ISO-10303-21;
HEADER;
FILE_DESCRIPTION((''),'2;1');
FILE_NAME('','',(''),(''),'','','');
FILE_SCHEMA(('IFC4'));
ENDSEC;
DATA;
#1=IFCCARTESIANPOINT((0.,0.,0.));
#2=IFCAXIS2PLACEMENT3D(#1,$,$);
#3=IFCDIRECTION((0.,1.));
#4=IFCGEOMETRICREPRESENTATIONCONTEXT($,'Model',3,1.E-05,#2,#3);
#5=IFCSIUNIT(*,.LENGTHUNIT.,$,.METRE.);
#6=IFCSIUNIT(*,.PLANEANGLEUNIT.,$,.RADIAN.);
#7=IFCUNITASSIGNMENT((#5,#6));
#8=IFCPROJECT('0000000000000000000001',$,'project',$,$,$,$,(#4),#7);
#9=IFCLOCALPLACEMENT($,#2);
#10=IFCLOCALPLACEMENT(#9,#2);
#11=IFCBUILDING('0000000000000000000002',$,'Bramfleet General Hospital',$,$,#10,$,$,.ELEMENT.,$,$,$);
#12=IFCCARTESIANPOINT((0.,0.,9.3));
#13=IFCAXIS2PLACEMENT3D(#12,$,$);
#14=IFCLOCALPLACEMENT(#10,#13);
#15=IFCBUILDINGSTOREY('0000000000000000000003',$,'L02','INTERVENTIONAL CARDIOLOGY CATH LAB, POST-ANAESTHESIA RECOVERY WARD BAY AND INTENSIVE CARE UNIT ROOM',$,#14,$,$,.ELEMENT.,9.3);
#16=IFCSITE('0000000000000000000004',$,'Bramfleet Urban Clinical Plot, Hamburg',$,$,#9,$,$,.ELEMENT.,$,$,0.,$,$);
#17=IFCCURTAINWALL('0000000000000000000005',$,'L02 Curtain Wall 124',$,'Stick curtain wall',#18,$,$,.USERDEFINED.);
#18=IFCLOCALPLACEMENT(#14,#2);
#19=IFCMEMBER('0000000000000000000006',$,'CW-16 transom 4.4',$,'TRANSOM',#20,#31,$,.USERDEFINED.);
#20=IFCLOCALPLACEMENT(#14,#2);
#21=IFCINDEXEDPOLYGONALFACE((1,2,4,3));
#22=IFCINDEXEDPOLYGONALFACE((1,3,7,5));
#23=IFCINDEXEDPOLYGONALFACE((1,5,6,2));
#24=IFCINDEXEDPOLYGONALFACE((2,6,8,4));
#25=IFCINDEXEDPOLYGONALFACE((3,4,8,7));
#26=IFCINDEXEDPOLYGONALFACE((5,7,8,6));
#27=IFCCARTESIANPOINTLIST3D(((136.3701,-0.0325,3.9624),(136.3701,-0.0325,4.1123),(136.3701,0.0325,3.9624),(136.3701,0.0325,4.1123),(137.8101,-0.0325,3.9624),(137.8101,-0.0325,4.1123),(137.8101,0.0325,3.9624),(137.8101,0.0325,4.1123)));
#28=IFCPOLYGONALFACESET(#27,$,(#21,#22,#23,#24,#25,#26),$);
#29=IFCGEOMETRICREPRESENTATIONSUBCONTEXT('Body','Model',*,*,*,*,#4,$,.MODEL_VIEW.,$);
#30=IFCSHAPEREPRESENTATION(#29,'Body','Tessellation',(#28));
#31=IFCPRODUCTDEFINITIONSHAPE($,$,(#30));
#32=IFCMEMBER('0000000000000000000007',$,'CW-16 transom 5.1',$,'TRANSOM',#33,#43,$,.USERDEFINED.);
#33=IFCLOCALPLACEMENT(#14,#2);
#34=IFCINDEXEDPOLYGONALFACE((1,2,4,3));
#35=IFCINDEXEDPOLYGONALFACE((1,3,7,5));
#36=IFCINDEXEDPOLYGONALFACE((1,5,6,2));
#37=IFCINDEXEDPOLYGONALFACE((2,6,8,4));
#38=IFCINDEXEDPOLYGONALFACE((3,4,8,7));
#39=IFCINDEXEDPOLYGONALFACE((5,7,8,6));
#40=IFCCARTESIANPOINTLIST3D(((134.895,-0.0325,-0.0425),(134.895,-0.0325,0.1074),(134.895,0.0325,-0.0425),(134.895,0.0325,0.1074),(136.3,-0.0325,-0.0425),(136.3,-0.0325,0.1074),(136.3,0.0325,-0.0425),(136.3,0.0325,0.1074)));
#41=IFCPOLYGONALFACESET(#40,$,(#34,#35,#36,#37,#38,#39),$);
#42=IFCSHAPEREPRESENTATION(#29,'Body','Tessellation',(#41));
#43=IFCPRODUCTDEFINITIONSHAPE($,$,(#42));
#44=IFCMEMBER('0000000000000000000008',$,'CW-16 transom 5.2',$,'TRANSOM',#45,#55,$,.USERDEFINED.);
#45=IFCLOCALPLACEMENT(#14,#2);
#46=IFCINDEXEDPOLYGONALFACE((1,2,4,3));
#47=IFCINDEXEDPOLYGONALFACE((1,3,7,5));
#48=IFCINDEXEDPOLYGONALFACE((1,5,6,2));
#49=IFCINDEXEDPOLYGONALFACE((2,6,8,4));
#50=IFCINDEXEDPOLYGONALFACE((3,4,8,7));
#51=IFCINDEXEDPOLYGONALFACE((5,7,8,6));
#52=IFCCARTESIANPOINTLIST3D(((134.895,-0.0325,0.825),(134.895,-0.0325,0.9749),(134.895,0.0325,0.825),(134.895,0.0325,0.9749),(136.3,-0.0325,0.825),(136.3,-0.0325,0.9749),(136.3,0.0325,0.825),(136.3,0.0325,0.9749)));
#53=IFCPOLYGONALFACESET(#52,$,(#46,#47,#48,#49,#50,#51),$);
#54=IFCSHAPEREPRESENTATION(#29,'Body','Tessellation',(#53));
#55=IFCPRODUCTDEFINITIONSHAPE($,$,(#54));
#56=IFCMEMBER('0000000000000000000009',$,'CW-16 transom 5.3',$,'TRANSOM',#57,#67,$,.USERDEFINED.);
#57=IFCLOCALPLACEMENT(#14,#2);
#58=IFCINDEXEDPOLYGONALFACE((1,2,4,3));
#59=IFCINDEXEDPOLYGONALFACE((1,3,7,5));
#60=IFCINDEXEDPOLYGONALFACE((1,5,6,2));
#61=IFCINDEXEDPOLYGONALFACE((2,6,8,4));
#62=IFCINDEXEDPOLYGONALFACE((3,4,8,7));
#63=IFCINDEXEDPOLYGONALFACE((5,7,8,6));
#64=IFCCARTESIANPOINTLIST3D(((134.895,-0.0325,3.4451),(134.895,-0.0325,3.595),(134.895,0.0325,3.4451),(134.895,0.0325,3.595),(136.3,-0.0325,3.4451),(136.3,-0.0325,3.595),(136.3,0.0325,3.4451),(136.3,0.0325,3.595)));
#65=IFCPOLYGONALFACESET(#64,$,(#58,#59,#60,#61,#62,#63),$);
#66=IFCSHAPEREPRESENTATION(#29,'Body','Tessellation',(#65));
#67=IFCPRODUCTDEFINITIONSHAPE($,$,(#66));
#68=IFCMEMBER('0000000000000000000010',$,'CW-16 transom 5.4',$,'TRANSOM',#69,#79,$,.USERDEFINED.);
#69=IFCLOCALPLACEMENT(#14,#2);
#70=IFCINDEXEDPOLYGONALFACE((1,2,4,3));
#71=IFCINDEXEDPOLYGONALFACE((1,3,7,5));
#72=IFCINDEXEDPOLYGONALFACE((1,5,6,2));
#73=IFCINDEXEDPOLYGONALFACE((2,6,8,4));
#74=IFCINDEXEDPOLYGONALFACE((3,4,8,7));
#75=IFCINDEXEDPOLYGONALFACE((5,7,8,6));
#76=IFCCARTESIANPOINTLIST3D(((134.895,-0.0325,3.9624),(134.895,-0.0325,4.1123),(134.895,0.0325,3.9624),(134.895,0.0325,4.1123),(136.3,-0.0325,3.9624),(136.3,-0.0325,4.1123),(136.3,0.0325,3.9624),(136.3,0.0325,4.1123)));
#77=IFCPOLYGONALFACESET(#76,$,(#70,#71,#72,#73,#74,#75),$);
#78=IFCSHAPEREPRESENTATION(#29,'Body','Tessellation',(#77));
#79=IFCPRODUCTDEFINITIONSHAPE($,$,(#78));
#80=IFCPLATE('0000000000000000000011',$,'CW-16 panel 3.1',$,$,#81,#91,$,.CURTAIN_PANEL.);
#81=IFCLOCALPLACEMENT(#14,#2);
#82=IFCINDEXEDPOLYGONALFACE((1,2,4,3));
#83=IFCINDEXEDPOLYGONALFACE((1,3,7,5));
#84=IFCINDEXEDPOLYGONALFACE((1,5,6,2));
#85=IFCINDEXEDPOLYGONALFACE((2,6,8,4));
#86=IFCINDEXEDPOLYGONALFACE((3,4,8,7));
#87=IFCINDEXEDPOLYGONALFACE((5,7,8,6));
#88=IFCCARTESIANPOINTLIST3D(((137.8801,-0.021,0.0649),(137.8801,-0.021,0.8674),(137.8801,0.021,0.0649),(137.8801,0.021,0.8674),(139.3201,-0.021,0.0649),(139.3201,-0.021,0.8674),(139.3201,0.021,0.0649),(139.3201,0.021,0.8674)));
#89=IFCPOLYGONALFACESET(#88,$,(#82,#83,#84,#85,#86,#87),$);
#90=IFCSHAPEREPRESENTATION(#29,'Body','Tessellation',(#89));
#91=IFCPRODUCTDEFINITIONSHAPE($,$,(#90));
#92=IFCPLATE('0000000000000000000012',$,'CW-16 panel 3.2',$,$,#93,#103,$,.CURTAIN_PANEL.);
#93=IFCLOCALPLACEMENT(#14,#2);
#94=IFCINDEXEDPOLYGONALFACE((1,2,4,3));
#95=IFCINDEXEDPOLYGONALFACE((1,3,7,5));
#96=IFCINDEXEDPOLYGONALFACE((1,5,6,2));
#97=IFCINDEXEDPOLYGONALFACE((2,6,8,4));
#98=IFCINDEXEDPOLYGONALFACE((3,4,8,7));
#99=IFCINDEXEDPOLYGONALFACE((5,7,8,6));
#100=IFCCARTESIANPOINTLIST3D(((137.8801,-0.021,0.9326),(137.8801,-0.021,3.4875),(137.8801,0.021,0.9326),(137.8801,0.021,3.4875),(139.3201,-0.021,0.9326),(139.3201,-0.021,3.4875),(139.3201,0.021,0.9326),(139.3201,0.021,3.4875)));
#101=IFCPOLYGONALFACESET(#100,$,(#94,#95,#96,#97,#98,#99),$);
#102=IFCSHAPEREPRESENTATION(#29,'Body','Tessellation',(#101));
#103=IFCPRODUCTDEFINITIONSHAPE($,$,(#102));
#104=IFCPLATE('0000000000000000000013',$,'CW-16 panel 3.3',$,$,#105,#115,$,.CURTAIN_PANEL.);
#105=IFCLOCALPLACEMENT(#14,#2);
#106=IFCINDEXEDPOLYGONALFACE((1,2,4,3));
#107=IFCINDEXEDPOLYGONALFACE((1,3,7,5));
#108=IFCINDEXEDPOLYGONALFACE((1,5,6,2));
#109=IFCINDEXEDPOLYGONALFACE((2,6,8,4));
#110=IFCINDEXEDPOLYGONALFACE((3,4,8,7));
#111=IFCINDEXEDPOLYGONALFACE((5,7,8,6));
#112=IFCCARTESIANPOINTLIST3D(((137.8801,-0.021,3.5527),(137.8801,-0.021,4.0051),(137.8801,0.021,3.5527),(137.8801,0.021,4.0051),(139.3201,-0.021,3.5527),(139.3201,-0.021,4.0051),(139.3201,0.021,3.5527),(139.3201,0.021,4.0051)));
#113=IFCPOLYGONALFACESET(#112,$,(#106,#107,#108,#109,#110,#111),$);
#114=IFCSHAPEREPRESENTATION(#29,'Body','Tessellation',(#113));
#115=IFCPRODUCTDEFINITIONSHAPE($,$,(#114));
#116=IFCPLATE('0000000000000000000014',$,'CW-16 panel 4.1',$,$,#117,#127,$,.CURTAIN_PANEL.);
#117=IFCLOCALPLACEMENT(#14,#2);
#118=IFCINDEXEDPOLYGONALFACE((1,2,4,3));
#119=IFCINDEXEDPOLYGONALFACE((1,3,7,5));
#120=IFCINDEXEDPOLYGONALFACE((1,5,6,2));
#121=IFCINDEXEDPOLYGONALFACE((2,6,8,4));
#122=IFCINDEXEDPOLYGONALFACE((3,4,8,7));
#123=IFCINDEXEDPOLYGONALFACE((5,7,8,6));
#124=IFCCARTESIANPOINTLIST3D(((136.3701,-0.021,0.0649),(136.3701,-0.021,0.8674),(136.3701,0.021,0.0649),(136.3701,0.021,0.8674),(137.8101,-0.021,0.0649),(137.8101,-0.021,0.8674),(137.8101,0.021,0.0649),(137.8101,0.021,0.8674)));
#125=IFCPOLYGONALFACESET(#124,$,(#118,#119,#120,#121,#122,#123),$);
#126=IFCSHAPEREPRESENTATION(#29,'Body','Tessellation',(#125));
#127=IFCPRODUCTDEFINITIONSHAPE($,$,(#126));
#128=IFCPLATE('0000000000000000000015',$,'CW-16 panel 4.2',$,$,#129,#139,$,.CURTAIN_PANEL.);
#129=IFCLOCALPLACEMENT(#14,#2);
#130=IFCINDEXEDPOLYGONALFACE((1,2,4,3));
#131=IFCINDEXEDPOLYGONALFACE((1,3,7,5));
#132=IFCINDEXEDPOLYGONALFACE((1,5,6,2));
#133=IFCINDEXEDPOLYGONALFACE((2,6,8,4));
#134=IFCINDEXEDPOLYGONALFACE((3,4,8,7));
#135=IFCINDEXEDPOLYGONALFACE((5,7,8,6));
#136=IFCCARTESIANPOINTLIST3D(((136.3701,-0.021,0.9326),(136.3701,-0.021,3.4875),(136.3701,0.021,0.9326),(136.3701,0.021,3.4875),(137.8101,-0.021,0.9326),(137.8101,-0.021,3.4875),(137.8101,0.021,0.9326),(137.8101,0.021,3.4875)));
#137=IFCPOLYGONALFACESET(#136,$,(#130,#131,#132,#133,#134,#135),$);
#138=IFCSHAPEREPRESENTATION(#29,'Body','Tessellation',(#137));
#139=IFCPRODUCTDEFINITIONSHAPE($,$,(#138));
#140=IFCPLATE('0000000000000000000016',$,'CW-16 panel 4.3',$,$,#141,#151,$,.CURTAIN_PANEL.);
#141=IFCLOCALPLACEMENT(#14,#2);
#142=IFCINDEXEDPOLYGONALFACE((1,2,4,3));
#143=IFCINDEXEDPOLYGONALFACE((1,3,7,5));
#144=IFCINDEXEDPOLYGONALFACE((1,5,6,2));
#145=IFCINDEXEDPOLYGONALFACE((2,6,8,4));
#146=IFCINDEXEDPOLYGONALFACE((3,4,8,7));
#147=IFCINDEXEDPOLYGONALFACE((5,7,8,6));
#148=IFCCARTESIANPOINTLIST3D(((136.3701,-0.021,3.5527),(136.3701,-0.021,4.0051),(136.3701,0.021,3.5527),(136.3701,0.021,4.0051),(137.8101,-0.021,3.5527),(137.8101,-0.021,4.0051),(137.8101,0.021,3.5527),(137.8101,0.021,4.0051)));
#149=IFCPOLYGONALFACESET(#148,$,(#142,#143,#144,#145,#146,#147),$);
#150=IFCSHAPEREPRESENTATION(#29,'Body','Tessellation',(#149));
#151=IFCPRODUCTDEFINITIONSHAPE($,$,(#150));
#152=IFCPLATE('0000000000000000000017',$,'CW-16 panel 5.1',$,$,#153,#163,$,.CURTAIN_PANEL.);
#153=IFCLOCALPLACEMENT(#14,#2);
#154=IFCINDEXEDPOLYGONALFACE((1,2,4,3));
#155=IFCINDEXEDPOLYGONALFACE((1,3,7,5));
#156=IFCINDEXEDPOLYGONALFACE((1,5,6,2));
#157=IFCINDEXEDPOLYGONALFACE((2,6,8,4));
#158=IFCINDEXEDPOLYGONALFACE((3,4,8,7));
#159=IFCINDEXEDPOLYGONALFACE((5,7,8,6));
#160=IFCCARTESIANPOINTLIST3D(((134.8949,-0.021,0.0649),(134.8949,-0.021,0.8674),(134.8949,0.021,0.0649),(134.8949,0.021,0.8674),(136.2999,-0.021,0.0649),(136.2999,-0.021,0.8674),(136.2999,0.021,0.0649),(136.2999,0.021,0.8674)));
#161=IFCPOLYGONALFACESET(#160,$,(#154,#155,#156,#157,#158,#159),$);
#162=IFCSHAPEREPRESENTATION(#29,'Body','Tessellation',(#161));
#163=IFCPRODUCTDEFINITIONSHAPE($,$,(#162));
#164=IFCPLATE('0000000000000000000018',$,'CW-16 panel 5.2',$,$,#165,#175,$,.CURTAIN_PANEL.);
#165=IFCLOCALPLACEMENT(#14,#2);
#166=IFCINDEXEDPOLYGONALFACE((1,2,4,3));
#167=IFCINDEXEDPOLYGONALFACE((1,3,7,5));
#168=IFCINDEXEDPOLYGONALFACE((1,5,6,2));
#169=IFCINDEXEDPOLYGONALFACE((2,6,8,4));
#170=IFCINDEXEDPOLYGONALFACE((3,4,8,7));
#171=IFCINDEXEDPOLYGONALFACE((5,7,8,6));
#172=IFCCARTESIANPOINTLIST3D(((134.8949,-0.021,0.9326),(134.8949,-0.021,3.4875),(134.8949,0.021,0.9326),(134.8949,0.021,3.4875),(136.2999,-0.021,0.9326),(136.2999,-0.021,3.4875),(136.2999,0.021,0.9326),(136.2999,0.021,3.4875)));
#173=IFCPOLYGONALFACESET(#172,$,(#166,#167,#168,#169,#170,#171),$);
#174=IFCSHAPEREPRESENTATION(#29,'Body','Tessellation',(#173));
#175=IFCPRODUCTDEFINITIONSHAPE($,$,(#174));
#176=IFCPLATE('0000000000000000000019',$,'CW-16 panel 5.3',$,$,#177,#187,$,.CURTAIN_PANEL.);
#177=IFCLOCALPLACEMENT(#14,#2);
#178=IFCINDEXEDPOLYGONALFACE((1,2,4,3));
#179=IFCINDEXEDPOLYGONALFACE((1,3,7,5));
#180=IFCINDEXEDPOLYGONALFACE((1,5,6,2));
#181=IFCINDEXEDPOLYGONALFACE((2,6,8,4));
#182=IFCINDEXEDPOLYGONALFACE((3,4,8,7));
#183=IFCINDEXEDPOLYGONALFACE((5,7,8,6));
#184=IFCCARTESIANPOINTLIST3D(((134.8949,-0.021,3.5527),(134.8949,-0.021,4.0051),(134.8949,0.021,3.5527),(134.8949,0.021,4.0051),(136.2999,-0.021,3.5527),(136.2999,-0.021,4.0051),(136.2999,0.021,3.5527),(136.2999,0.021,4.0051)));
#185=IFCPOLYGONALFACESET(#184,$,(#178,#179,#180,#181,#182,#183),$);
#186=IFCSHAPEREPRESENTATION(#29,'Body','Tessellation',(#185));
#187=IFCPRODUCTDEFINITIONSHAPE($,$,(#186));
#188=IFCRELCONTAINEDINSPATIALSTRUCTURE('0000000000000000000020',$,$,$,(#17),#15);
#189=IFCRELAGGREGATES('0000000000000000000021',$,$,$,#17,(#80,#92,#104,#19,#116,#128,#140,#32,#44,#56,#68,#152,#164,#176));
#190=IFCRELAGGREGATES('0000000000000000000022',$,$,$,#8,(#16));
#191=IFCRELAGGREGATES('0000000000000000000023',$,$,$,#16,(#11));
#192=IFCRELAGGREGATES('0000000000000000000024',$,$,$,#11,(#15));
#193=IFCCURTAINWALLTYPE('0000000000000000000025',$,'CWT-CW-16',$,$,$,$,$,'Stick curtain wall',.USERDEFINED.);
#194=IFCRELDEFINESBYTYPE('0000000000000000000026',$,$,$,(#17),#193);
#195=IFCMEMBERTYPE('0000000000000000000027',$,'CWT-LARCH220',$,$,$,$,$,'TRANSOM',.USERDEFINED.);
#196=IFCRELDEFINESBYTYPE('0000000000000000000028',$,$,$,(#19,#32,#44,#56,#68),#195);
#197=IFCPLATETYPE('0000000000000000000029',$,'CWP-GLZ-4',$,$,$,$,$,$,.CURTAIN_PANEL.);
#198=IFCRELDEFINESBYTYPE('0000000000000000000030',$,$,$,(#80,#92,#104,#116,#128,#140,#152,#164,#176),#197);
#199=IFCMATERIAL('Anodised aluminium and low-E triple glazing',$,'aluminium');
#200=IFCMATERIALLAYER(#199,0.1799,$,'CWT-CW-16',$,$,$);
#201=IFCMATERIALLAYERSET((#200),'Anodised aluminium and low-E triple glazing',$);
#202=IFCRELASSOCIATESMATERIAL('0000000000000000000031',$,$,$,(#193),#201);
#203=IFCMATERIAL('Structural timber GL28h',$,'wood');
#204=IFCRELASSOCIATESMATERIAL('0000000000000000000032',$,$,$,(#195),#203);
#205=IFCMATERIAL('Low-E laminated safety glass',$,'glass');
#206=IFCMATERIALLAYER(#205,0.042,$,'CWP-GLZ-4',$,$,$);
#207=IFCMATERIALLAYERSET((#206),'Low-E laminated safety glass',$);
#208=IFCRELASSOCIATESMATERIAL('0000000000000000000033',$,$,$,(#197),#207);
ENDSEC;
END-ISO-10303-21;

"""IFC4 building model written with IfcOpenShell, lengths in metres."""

from ifc_helpers import new_model, si_unit, direction, frame, origin, origin_2d, place, context, subcontext, project, spatial, rectangle, extrude, material, layer, layer_set, material_profile, profile_set, type_object, element, aggregate, save


model = new_model("IFC4")

# Units and contexts
model_context = context("Model", 3, precision=1e-05, world=origin(), true_north=direction((0.0, 1.0)))
body_context = subcontext(model_context, "Body", "Model", "MODEL_VIEW")
ifc_project = project(units=[si_unit("LENGTHUNIT", "METRE"), si_unit("PLANEANGLEUNIT", "RADIAN")], contexts=[model_context])

# Site, building, storey
site_placement = place(None, origin())
site = spatial("IfcSite", under=ifc_project, at=site_placement, Name="Bramfleet Urban Clinical Plot, Hamburg", CompositionType="ELEMENT", RefElevation=0.0)
building_placement = place(site_placement, origin())
building = spatial("IfcBuilding", under=site, at=building_placement, Name="Bramfleet General Hospital", CompositionType="ELEMENT")
storey_placement = place(building_placement, frame((0.0, 0.0, 9.3)))
storey = spatial("IfcBuildingStorey", under=building, at=storey_placement, Name="L02", Description="INTERVENTIONAL CARDIOLOGY CATH LAB, POST-ANAESTHESIA RECOVERY WARD BAY AND INTENSIVE CARE UNIT ROOM", CompositionType="ELEMENT", Elevation=9.3)

# Curtain wall, members, plates
ifc_material_1 = material(Name="Anodised aluminium and low-E triple glazing", Category="aluminium")
ifc_layer_1 = layer(ifc_material_1, 0.1799, Name="CWT-CW-16")
ifc_layer_set_1 = layer_set([ifc_layer_1], Name="Anodised aluminium and low-E triple glazing")
curtain_wall_type = type_object("IfcCurtainWallType", Name="CWT-CW-16", ElementType="Stick curtain wall", PredefinedType="USERDEFINED", material=ifc_layer_set_1)
curtain_wall_placement = place(storey_placement, origin())
curtain_wall = element("IfcCurtainWall", 1, at=curtain_wall_placement, inside=storey, type_object=curtain_wall_type, Name="L02 Curtain Wall 124", ObjectType="Stick curtain wall", PredefinedType="USERDEFINED")
ifc_material_2 = material(Name="Structural timber GL28h", Category="wood")
ifc_material_profile_1 = material_profile(ifc_material_2, rectangle(XDim=0.0649, YDim=0.1499, at=origin_2d()), Name="LARCH 150x65")
ifc_profile_set_1 = profile_set([ifc_material_profile_1], Name="Structural timber GL28h")
member_type_1 = type_object("IfcMemberType", Name="CWT-LARCH220", ElementType="TRANSOM", PredefinedType="USERDEFINED", material=ifc_profile_set_1)
member_1_placement = place(storey_placement, frame((137.8101, 0.0, 4.0374), z_axis=(-1.0, 0.0, 0.0), x_axis=(0.0, -1.0, 0.0)))
member_1 = element("IfcMember", 2, at=member_1_placement, type_object=member_type_1, Name="CW-16 transom 4.4", ObjectType="TRANSOM", PredefinedType="USERDEFINED", context=body_context, shape_type="SweptSolid", body=[
    extrude(rectangle(XDim=0.0649, YDim=0.1499, at=origin_2d()), origin(), (0.0, 0.0, 1.0), 1.4399),
])
member_2_placement = place(storey_placement, frame((136.3, 0.0, 0.0325), z_axis=(-1.0, 0.0, 0.0), x_axis=(0.0, -1.0, 0.0)))
member_2 = element("IfcMember", 3, at=member_2_placement, type_object=member_type_1, Name="CW-16 transom 5.1", ObjectType="TRANSOM", PredefinedType="USERDEFINED", context=body_context, shape_type="SweptSolid", body=[
    extrude(rectangle(XDim=0.0649, YDim=0.1499, at=origin_2d()), origin(), (0.0, 0.0, 1.0), 1.405),
])
member_3_placement = place(storey_placement, frame((136.3, 0.0, 0.8999), z_axis=(-1.0, 0.0, 0.0), x_axis=(0.0, -1.0, 0.0)))
member_3 = element("IfcMember", 4, at=member_3_placement, type_object=member_type_1, Name="CW-16 transom 5.2", ObjectType="TRANSOM", PredefinedType="USERDEFINED", context=body_context, shape_type="SweptSolid", body=[
    extrude(rectangle(XDim=0.0649, YDim=0.1499, at=origin_2d()), origin(), (0.0, 0.0, 1.0), 1.405),
])
member_4_placement = place(storey_placement, frame((136.3, 0.0, 3.52), z_axis=(-1.0, 0.0, 0.0), x_axis=(0.0, -1.0, 0.0)))
member_4 = element("IfcMember", 5, at=member_4_placement, type_object=member_type_1, Name="CW-16 transom 5.3", ObjectType="TRANSOM", PredefinedType="USERDEFINED", context=body_context, shape_type="SweptSolid", body=[
    extrude(rectangle(XDim=0.0649, YDim=0.1499, at=origin_2d()), origin(), (0.0, 0.0, 1.0), 1.405),
])
member_5_placement = place(storey_placement, frame((136.3, 0.0, 4.0374), z_axis=(-1.0, 0.0, 0.0), x_axis=(0.0, -1.0, 0.0)))
member_5 = element("IfcMember", 6, at=member_5_placement, type_object=member_type_1, Name="CW-16 transom 5.4", ObjectType="TRANSOM", PredefinedType="USERDEFINED", context=body_context, shape_type="SweptSolid", body=[
    extrude(rectangle(XDim=0.0649, YDim=0.1499, at=origin_2d()), origin(), (0.0, 0.0, 1.0), 1.405),
])
ifc_material_3 = material(Name="Low-E laminated safety glass", Category="glass")
ifc_layer_2 = layer(ifc_material_3, 0.042, Name="CWP-GLZ-4")
ifc_layer_set_2 = layer_set([ifc_layer_2], Name="Low-E laminated safety glass")
plate_type = type_object("IfcPlateType", Name="CWP-GLZ-4", PredefinedType="CURTAIN_PANEL", material=ifc_layer_set_2)
plate_1_placement = place(storey_placement, frame((138.6001, 0.0, 0.0649), z_axis=(0.0, 0.0, 1.0), x_axis=(-1.0, 0.0, 0.0)))
plate_1 = element("IfcPlate", 7, at=plate_1_placement, type_object=plate_type, Name="CW-16 panel 3.1", PredefinedType="CURTAIN_PANEL", context=body_context, shape_type="SweptSolid", body=[
    extrude(rectangle(XDim=1.4399, YDim=0.042, at=origin_2d()), origin(), (0.0, 0.0, 1.0), 0.8025),
])
plate_2_placement = place(storey_placement, frame((138.6001, 0.0, 0.9326), z_axis=(0.0, 0.0, 1.0), x_axis=(-1.0, 0.0, 0.0)))
plate_2 = element("IfcPlate", 8, at=plate_2_placement, type_object=plate_type, Name="CW-16 panel 3.2", PredefinedType="CURTAIN_PANEL", context=body_context, shape_type="SweptSolid", body=[
    extrude(rectangle(XDim=1.4399, YDim=0.042, at=origin_2d()), origin(), (0.0, 0.0, 1.0), 2.5549),
])
plate_3_placement = place(storey_placement, frame((138.6001, 0.0, 3.5527), z_axis=(0.0, 0.0, 1.0), x_axis=(-1.0, 0.0, 0.0)))
plate_3 = element("IfcPlate", 9, at=plate_3_placement, type_object=plate_type, Name="CW-16 panel 3.3", PredefinedType="CURTAIN_PANEL", context=body_context, shape_type="SweptSolid", body=[
    extrude(rectangle(XDim=1.4399, YDim=0.042, at=origin_2d()), origin(), (0.0, 0.0, 1.0), 0.4524),
])
plate_4_placement = place(storey_placement, frame((137.0901, 0.0, 0.0649), z_axis=(0.0, 0.0, 1.0), x_axis=(-1.0, 0.0, 0.0)))
plate_4 = element("IfcPlate", 10, at=plate_4_placement, type_object=plate_type, Name="CW-16 panel 4.1", PredefinedType="CURTAIN_PANEL", context=body_context, shape_type="SweptSolid", body=[
    extrude(rectangle(XDim=1.4399, YDim=0.042, at=origin_2d()), origin(), (0.0, 0.0, 1.0), 0.8025),
])
plate_5_placement = place(storey_placement, frame((137.0901, 0.0, 0.9326), z_axis=(0.0, 0.0, 1.0), x_axis=(-1.0, 0.0, 0.0)))
plate_5 = element("IfcPlate", 11, at=plate_5_placement, type_object=plate_type, Name="CW-16 panel 4.2", PredefinedType="CURTAIN_PANEL", context=body_context, shape_type="SweptSolid", body=[
    extrude(rectangle(XDim=1.4399, YDim=0.042, at=origin_2d()), origin(), (0.0, 0.0, 1.0), 2.5549),
])
plate_6_placement = place(storey_placement, frame((137.0901, 0.0, 3.5527), z_axis=(0.0, 0.0, 1.0), x_axis=(-1.0, 0.0, 0.0)))
plate_6 = element("IfcPlate", 12, at=plate_6_placement, type_object=plate_type, Name="CW-16 panel 4.3", PredefinedType="CURTAIN_PANEL", context=body_context, shape_type="SweptSolid", body=[
    extrude(rectangle(XDim=1.4399, YDim=0.042, at=origin_2d()), origin(), (0.0, 0.0, 1.0), 0.4524),
])
plate_7_placement = place(storey_placement, frame((135.5974, 0.0, 0.0649), z_axis=(0.0, 0.0, 1.0), x_axis=(-1.0, 0.0, 0.0)))
plate_7 = element("IfcPlate", 13, at=plate_7_placement, type_object=plate_type, Name="CW-16 panel 5.1", PredefinedType="CURTAIN_PANEL", context=body_context, shape_type="SweptSolid", body=[
    extrude(rectangle(XDim=1.405, YDim=0.042, at=origin_2d()), origin(), (0.0, 0.0, 1.0), 0.8025),
])
plate_8_placement = place(storey_placement, frame((135.5974, 0.0, 0.9326), z_axis=(0.0, 0.0, 1.0), x_axis=(-1.0, 0.0, 0.0)))
plate_8 = element("IfcPlate", 14, at=plate_8_placement, type_object=plate_type, Name="CW-16 panel 5.2", PredefinedType="CURTAIN_PANEL", context=body_context, shape_type="SweptSolid", body=[
    extrude(rectangle(XDim=1.405, YDim=0.042, at=origin_2d()), origin(), (0.0, 0.0, 1.0), 2.5549),
])
plate_9_placement = place(storey_placement, frame((135.5974, 0.0, 3.5527), z_axis=(0.0, 0.0, 1.0), x_axis=(-1.0, 0.0, 0.0)))
plate_9 = element("IfcPlate", 15, at=plate_9_placement, type_object=plate_type, Name="CW-16 panel 5.3", PredefinedType="CURTAIN_PANEL", context=body_context, shape_type="SweptSolid", body=[
    extrude(rectangle(XDim=1.405, YDim=0.042, at=origin_2d()), origin(), (0.0, 0.0, 1.0), 0.4524),
])
aggregate(curtain_wall, [plate_1, plate_2, plate_3, member_1, plate_4, plate_5, plate_6, member_2, member_3, member_4, member_5, plate_7, plate_8, plate_9])

save(model, "model.ifc")
